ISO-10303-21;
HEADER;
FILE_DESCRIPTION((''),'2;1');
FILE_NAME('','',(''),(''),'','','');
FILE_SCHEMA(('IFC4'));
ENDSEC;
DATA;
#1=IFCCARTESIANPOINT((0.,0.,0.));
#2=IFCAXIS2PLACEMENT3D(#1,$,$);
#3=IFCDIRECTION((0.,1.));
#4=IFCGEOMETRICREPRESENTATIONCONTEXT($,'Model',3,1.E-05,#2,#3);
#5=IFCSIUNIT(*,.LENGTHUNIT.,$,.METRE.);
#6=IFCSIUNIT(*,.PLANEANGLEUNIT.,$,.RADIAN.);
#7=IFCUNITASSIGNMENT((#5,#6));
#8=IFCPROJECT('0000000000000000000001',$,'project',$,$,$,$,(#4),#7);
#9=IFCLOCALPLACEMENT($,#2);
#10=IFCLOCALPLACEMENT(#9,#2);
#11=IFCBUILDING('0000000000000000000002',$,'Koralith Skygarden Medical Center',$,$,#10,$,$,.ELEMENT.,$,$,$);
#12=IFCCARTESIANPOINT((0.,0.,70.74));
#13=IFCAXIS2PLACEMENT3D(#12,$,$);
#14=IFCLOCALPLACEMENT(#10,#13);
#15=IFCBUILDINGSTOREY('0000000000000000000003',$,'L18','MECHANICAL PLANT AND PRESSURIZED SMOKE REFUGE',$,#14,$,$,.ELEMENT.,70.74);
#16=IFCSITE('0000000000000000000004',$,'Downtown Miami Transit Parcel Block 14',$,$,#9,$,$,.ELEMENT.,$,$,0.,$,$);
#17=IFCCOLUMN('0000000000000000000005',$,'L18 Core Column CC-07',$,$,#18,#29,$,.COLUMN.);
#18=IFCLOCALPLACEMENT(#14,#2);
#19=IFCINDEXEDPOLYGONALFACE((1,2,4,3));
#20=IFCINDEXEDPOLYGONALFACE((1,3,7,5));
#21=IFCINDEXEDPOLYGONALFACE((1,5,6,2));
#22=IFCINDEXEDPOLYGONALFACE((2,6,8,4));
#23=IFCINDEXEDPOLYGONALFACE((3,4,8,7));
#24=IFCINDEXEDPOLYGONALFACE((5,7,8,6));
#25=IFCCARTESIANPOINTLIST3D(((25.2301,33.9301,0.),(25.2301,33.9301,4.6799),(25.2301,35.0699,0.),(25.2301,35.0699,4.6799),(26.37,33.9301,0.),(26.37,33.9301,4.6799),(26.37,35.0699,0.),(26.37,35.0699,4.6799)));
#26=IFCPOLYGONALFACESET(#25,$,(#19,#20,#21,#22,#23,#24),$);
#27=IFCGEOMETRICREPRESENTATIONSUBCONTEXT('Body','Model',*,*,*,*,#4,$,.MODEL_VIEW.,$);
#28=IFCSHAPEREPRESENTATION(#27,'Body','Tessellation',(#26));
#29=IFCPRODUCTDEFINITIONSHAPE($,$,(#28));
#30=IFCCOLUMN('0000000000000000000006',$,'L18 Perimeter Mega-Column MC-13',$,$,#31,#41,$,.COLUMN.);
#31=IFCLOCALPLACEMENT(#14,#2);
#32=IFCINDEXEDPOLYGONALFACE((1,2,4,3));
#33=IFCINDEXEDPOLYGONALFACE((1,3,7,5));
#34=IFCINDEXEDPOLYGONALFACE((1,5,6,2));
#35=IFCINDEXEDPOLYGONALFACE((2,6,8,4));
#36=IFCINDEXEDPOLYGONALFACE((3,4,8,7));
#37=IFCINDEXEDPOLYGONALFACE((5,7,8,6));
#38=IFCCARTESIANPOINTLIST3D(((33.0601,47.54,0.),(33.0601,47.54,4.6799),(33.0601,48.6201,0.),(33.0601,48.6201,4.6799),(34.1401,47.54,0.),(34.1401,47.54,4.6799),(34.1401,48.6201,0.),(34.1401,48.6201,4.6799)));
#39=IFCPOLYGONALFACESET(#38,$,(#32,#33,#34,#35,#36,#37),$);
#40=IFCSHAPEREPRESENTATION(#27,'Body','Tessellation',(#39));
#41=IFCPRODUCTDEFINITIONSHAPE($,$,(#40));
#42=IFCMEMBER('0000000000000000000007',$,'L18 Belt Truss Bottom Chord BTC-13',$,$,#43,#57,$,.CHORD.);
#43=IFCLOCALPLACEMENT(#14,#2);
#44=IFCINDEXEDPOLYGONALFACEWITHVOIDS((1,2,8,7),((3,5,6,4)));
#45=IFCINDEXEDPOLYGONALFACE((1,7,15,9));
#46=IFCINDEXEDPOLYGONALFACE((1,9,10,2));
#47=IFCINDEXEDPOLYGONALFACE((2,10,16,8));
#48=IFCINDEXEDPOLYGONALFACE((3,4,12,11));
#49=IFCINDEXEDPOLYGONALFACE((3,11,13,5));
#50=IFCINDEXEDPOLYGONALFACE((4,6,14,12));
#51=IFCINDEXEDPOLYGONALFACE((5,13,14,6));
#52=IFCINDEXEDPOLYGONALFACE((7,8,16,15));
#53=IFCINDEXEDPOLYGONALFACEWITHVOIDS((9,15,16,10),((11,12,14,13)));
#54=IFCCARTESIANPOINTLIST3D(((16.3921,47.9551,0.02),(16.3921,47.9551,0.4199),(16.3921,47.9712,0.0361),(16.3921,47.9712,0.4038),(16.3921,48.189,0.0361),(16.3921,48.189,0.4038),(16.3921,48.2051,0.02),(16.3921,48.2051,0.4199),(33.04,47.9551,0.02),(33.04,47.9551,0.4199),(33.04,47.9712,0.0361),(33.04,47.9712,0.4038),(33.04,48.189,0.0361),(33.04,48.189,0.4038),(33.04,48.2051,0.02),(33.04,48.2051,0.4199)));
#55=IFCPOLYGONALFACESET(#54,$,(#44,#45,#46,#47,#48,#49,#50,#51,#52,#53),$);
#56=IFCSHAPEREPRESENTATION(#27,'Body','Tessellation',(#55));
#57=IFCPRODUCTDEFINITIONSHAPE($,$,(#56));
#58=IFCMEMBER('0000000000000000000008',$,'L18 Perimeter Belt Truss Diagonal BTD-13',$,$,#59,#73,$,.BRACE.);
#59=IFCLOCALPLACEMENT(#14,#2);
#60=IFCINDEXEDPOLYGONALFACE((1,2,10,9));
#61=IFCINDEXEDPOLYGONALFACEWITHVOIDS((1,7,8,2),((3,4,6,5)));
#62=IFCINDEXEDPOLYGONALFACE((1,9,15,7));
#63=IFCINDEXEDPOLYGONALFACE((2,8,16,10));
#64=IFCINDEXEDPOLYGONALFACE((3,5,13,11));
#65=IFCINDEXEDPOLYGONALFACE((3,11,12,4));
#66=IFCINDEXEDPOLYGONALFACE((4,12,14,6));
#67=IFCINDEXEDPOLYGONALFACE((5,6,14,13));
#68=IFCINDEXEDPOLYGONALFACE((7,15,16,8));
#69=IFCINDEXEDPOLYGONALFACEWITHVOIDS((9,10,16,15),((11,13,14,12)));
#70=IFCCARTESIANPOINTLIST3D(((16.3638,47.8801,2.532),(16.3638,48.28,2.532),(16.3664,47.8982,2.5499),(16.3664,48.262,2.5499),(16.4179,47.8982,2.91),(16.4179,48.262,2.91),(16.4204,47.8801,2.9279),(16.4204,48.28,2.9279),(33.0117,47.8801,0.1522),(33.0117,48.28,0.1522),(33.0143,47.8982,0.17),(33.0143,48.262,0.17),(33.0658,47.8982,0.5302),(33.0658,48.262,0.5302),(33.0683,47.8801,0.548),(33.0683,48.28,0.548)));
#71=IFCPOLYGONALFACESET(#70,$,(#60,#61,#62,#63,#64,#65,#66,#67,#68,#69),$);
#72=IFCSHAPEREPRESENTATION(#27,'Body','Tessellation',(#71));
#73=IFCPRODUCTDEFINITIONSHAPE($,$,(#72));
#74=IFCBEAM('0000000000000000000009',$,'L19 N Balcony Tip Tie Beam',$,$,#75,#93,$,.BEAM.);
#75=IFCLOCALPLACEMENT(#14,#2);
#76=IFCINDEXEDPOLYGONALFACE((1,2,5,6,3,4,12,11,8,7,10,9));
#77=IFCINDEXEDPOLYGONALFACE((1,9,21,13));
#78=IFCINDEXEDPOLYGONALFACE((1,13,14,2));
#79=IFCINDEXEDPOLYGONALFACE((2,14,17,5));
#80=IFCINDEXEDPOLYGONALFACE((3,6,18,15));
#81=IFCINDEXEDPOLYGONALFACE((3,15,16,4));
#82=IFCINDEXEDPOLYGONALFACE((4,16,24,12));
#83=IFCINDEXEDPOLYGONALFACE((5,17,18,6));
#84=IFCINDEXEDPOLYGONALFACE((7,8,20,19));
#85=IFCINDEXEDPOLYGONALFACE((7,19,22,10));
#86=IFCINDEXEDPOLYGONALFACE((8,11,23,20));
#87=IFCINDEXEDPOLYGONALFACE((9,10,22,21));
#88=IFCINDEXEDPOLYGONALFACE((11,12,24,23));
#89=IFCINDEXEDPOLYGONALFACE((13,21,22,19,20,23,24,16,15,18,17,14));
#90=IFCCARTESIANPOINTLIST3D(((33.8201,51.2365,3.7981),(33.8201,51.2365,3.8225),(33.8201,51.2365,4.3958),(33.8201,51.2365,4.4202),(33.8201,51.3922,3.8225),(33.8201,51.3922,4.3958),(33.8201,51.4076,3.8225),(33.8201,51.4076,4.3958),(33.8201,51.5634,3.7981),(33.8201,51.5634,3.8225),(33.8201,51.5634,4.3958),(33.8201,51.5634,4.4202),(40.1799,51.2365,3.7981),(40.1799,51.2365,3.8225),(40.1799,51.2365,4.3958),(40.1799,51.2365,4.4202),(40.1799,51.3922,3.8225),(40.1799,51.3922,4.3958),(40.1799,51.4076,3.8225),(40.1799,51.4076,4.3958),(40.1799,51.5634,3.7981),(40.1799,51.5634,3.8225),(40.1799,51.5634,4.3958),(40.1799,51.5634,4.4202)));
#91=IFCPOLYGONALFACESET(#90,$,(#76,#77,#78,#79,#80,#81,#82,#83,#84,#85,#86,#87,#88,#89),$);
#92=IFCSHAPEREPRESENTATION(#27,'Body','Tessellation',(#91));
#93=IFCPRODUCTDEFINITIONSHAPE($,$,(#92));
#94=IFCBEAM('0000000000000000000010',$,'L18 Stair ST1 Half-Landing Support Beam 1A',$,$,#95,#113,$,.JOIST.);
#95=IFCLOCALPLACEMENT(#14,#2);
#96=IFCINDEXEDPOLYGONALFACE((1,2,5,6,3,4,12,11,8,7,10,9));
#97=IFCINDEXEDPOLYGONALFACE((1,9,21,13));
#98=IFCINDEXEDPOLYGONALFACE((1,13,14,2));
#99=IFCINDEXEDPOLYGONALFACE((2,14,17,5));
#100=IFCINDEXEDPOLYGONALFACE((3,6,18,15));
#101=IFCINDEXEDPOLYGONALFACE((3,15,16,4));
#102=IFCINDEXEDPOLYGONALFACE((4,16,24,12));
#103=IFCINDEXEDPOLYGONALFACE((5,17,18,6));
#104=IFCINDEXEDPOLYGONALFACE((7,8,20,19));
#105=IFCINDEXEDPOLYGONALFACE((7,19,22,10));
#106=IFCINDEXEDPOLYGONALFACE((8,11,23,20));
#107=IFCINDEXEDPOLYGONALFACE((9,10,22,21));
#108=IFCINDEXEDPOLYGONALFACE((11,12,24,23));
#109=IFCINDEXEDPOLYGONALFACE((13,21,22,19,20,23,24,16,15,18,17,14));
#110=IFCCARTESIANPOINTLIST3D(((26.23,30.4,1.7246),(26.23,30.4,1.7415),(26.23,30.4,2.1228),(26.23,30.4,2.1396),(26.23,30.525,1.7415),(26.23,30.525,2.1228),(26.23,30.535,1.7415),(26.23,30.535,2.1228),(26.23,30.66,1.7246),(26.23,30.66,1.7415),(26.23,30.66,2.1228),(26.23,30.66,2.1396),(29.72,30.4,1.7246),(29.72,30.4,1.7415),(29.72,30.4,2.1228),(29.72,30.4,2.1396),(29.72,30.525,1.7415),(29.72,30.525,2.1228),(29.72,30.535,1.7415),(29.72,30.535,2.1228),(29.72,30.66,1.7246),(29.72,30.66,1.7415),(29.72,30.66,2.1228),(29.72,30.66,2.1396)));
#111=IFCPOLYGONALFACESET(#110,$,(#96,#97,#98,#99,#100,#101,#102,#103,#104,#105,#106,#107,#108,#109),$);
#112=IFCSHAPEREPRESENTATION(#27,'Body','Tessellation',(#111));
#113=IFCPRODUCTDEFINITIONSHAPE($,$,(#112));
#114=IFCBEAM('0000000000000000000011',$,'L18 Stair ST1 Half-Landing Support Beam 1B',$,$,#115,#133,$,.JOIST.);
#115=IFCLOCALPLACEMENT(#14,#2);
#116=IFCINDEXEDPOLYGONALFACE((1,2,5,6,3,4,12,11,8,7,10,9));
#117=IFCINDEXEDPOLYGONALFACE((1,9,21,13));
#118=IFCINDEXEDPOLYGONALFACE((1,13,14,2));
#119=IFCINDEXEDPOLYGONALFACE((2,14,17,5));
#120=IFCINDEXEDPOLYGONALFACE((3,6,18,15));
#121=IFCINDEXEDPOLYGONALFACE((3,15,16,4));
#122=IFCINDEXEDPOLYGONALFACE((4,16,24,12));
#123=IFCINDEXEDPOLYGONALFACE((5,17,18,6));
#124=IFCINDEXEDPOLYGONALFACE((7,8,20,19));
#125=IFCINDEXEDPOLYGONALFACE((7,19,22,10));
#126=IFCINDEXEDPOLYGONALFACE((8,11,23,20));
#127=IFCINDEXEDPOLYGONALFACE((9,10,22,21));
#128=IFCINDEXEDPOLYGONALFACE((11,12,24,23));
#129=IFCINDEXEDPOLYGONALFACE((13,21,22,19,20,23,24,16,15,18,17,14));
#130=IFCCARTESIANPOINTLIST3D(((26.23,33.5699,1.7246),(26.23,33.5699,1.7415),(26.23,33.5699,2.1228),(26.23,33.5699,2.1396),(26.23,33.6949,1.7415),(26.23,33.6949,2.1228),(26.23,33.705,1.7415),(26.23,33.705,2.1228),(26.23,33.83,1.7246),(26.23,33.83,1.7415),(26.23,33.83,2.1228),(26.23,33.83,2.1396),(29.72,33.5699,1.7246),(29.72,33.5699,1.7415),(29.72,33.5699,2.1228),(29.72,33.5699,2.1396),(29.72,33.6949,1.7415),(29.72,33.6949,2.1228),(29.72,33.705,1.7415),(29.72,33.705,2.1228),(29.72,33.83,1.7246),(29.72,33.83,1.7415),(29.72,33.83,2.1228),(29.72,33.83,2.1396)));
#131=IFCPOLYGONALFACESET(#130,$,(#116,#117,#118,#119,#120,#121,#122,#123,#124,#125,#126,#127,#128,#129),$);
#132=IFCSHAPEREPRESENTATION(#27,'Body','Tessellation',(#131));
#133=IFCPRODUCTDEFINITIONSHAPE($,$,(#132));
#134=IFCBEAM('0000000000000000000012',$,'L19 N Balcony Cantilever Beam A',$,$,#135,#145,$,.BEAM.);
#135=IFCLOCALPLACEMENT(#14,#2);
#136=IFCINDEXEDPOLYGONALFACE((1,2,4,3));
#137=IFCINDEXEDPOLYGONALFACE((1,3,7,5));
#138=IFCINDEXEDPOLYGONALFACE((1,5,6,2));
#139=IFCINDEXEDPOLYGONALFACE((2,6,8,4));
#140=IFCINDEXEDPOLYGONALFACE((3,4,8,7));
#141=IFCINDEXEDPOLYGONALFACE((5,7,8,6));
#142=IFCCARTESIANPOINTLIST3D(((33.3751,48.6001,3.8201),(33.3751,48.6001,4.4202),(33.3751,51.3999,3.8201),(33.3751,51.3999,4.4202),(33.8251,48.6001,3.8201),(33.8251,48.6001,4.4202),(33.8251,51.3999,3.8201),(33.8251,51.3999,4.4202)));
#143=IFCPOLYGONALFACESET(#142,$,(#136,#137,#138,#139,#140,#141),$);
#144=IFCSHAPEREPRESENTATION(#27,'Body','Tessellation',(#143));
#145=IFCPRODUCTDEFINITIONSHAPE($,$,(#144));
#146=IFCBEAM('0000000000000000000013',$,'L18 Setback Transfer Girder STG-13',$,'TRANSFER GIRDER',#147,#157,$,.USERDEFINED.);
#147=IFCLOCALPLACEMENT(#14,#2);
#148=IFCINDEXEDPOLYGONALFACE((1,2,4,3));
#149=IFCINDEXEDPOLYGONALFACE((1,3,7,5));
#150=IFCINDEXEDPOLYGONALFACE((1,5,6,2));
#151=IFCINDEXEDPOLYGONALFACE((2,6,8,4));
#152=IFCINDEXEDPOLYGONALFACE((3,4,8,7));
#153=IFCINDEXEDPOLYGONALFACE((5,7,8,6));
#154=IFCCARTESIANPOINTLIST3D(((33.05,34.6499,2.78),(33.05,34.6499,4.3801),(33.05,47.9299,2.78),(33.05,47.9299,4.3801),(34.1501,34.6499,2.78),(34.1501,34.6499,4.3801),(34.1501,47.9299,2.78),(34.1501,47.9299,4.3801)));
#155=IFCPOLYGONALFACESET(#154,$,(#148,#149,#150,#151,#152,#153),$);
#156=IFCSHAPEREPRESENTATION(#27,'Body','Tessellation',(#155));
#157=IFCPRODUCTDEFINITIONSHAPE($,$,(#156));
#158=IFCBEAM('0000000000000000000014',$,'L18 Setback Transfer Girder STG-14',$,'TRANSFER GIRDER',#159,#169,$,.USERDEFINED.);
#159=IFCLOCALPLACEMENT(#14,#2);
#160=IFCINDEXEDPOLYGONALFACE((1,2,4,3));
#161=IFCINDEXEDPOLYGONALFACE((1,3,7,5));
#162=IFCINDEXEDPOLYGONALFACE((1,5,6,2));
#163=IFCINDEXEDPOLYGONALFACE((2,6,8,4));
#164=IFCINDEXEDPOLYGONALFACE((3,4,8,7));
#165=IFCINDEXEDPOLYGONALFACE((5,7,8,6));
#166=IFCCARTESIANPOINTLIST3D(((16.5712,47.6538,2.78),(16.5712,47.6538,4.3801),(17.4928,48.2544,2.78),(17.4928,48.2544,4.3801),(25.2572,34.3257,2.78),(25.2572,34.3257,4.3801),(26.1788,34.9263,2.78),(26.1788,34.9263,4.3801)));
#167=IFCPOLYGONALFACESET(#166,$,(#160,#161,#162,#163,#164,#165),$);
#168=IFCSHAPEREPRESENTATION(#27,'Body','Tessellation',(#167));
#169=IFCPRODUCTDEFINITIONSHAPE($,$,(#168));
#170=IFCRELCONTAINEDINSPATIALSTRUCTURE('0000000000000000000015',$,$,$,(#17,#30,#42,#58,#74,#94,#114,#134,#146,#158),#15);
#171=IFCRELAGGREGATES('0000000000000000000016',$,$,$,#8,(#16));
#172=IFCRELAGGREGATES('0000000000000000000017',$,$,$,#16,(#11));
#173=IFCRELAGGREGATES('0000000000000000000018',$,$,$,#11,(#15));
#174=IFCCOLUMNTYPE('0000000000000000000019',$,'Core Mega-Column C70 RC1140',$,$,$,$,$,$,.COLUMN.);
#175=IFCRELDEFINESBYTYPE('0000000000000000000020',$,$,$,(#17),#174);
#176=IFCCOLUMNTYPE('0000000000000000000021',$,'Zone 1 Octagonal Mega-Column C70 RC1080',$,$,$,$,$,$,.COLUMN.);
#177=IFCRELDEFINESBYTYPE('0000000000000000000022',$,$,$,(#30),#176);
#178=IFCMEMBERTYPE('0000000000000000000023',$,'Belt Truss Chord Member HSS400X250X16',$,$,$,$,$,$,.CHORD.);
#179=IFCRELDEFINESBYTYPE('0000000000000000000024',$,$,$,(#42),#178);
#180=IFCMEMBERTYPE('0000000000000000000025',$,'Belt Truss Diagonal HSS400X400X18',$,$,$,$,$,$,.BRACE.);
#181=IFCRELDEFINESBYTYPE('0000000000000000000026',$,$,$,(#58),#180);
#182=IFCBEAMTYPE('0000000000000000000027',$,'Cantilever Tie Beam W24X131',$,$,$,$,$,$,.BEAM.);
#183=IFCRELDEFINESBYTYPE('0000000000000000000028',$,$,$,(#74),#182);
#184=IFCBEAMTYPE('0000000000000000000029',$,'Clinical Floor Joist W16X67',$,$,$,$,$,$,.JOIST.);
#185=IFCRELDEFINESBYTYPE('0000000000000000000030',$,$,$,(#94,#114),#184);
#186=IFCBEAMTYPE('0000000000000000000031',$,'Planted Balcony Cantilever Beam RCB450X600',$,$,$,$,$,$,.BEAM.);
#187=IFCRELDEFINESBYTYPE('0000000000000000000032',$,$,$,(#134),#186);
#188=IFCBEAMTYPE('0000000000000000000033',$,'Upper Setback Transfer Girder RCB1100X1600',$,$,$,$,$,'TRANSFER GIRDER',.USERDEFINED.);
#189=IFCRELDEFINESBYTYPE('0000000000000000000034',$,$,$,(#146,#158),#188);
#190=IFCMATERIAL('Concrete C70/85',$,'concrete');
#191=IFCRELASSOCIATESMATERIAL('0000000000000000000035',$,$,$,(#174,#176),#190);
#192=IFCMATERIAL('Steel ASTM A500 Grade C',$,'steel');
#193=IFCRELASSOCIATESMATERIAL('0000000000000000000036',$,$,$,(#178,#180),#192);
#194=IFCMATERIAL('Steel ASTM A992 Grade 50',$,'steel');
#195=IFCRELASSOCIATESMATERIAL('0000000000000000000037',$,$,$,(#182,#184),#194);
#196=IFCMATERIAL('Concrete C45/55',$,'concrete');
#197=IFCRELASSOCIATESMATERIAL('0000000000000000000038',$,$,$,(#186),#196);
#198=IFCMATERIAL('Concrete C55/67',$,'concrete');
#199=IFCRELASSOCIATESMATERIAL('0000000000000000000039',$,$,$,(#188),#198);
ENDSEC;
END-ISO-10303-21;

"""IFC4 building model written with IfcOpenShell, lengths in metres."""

from ifc_helpers import new_model, si_unit, direction, frame, origin, origin_2d, place, context, subcontext, project, spatial, rectangle, hollow_rectangle, i_section, extrude, material, material_profile, profile_set, type_object, element, save


model = new_model("IFC4")

# Units and contexts
model_context = context("Model", 3, precision=1e-05, world=origin(), true_north=direction((0.0, 1.0)))
body_context = subcontext(model_context, "Body", "Model", "MODEL_VIEW")
ifc_project = project(units=[si_unit("LENGTHUNIT", "METRE"), si_unit("PLANEANGLEUNIT", "RADIAN")], contexts=[model_context])

# Site, building, storey
site_placement = place(None, origin())
site = spatial("IfcSite", under=ifc_project, at=site_placement, Name="Downtown Miami Transit Parcel Block 14", CompositionType="ELEMENT", RefElevation=0.0)
building_placement = place(site_placement, origin())
building = spatial("IfcBuilding", under=site, at=building_placement, Name="Koralith Skygarden Medical Center", CompositionType="ELEMENT")
storey_placement = place(building_placement, frame((0.0, 0.0, 70.74)))
storey = spatial("IfcBuildingStorey", under=building, at=storey_placement, Name="L18", Description="MECHANICAL PLANT AND PRESSURIZED SMOKE REFUGE", CompositionType="ELEMENT", Elevation=70.74)

# Columns
ifc_material_1 = material(Name="Concrete C70/85", Category="concrete")
ifc_material_profile_1 = material_profile(ifc_material_1, rectangle(XDim=1.1399, YDim=1.1399, at=origin_2d()), Name="RC1140X1140")
ifc_profile_set_1 = profile_set([ifc_material_profile_1], Name="Concrete C70/85")
column_type_1 = type_object("IfcColumnType", Name="Core Mega-Column C70 RC1140", PredefinedType="COLUMN", material=ifc_profile_set_1)
column_1_placement = place(storey_placement, frame((25.8, 34.5, 0.0), z_axis=(0.0, 0.0, 1.0), x_axis=(1.0, 0.0, 0.0)))
element("IfcColumn", 1, at=column_1_placement, inside=storey, type_object=column_type_1, Name="L18 Core Column CC-07", PredefinedType="COLUMN", context=body_context, shape_type="SweptSolid", body=[
    extrude(rectangle(XDim=1.1399, YDim=1.1399, at=origin_2d()), origin(), (0.0, 0.0, 1.0), 4.6799),
])
ifc_material_profile_2 = material_profile(ifc_material_1, rectangle(XDim=1.0801, YDim=1.0801, at=origin_2d()), Name="RC1080X1080")
ifc_profile_set_2 = profile_set([ifc_material_profile_2], Name="Concrete C70/85")
column_type_2 = type_object("IfcColumnType", Name="Zone 1 Octagonal Mega-Column C70 RC1080", PredefinedType="COLUMN", material=ifc_profile_set_2)
column_2_placement = place(storey_placement, frame((33.6001, 48.0801, 0.0), z_axis=(0.0, 0.0, 1.0), x_axis=(1.0, 0.0, 0.0)))
element("IfcColumn", 2, at=column_2_placement, inside=storey, type_object=column_type_2, Name="L18 Perimeter Mega-Column MC-13", PredefinedType="COLUMN", context=body_context, shape_type="SweptSolid", body=[
    extrude(rectangle(XDim=1.0801, YDim=1.0801, at=origin_2d()), origin(), (0.0, 0.0, 1.0), 4.6799),
])

# Members
ifc_material_2 = material(Name="Steel ASTM A500 Grade C", Category="steel")
ifc_material_profile_3 = material_profile(ifc_material_2, hollow_rectangle(XDim=0.25, YDim=0.3999, WallThickness=0.0161, at=origin_2d()), Name="HSS400X250X16")
ifc_profile_set_3 = profile_set([ifc_material_profile_3], Name="Steel ASTM A500 Grade C")
member_type_1 = type_object("IfcMemberType", Name="Belt Truss Chord Member HSS400X250X16", PredefinedType="CHORD", material=ifc_profile_set_3)
member_1_placement = place(storey_placement, frame((33.04, 48.0801, 0.22), z_axis=(-1.0, 0.0, 0.0), x_axis=(0.0, -1.0, 0.0)))
element("IfcMember", 3, at=member_1_placement, inside=storey, type_object=member_type_1, Name="L18 Belt Truss Bottom Chord BTC-13", PredefinedType="CHORD", context=body_context, shape_type="SweptSolid", body=[
    extrude(hollow_rectangle(XDim=0.25, YDim=0.3999, WallThickness=0.0161, at=origin_2d()), origin(), (0.0, 0.0, 1.0), 16.6479),
])
ifc_material_profile_4 = material_profile(ifc_material_2, hollow_rectangle(XDim=0.3999, YDim=0.3999, WallThickness=0.0181, at=origin_2d()), Name="HSS400X400X18")
ifc_profile_set_4 = profile_set([ifc_material_profile_4], Name="Steel ASTM A500 Grade C")
member_type_2 = type_object("IfcMemberType", Name="Belt Truss Diagonal HSS400X400X18", PredefinedType="BRACE", material=ifc_profile_set_4)
member_2_placement = place(storey_placement, frame((33.04, 48.0801, 0.3501), z_axis=(-0.989936, 0.0, 0.141515), x_axis=(0.0, -1.0, 0.0)))
element("IfcMember", 4, at=member_2_placement, inside=storey, type_object=member_type_2, Name="L18 Perimeter Belt Truss Diagonal BTD-13", PredefinedType="BRACE", context=body_context, shape_type="SweptSolid", body=[
    extrude(hollow_rectangle(XDim=0.3999, YDim=0.3999, WallThickness=0.0181, at=origin_2d()), origin(), (0.0, 0.0, 1.0), 16.8171),
])

# Beams
ifc_material_3 = material(Name="Steel ASTM A992 Grade 50", Category="steel")
ifc_material_profile_5 = material_profile(ifc_material_3, i_section(OverallWidth=0.3269, OverallDepth=0.6221, WebThickness=0.0154, FlangeThickness=0.0244, at=origin_2d()), Name="W24X131")
ifc_profile_set_5 = profile_set([ifc_material_profile_5], Name="Steel ASTM A992 Grade 50")
beam_type_1 = type_object("IfcBeamType", Name="Cantilever Tie Beam W24X131", PredefinedType="BEAM", material=ifc_profile_set_5)
beam_1_placement = place(storey_placement, frame((33.8201, 51.3999, 4.1091), z_axis=(1.0, 0.0, 0.0), x_axis=(0.0, 1.0, 0.0)))
element("IfcBeam", 5, at=beam_1_placement, inside=storey, type_object=beam_type_1, Name="L19 N Balcony Tip Tie Beam", PredefinedType="BEAM", context=body_context, shape_type="SweptSolid", body=[
    extrude(i_section(OverallWidth=0.3269, OverallDepth=0.6221, WebThickness=0.0154, FlangeThickness=0.0244, at=origin_2d()), origin(), (0.0, 0.0, 1.0), 6.3599),
])
ifc_material_profile_6 = material_profile(ifc_material_3, i_section(OverallWidth=0.26, OverallDepth=0.415, WebThickness=0.01, FlangeThickness=0.0168, at=origin_2d()), Name="W16X67")
ifc_profile_set_6 = profile_set([ifc_material_profile_6], Name="Steel ASTM A992 Grade 50")
beam_type_2 = type_object("IfcBeamType", Name="Clinical Floor Joist W16X67", PredefinedType="JOIST", material=ifc_profile_set_6)
for number, where, z_axis, x_axis, name in (
    (6, (26.23, 30.53, 1.9321), (1.0, 0.0, 0.0), (0.0, 1.0, 0.0), "L18 Stair ST1 Half-Landing Support Beam 1A"),
    (7, (26.23, 33.7, 1.9321), (1.0, 0.0, 0.0), (0.0, 1.0, 0.0), "L18 Stair ST1 Half-Landing Support Beam 1B"),
):
    element("IfcBeam", number, at=place(storey_placement, frame(where, z_axis=z_axis, x_axis=x_axis)), inside=storey, type_object=beam_type_2, Name=name, PredefinedType="JOIST", context=body_context, shape_type="SweptSolid", body=[
        extrude(i_section(OverallWidth=0.26, OverallDepth=0.415, WebThickness=0.01, FlangeThickness=0.0168, at=origin_2d()), origin(), (0.0, 0.0, 1.0), 3.49),
    ])
ifc_material_4 = material(Name="Concrete C45/55", Category="concrete")
ifc_material_profile_7 = material_profile(ifc_material_4, rectangle(XDim=0.45, YDim=0.6001, at=origin_2d()), Name="RCB450X600")
ifc_profile_set_7 = profile_set([ifc_material_profile_7], Name="Concrete C45/55")
beam_type_3 = type_object("IfcBeamType", Name="Planted Balcony Cantilever Beam RCB450X600", PredefinedType="BEAM", material=ifc_profile_set_7)
beam_2_placement = place(storey_placement, frame((33.6001, 48.6001, 4.1201), z_axis=(0.0, 1.0, 0.0), x_axis=(-1.0, 0.0, 0.0)))
element("IfcBeam", 8, at=beam_2_placement, inside=storey, type_object=beam_type_3, Name="L19 N Balcony Cantilever Beam A", PredefinedType="BEAM", context=body_context, shape_type="SweptSolid", body=[
    extrude(rectangle(XDim=0.45, YDim=0.6001, at=origin_2d()), origin(), (0.0, 0.0, 1.0), 2.7998),
])
ifc_material_5 = material(Name="Concrete C55/67", Category="concrete")
ifc_material_profile_8 = material_profile(ifc_material_5, rectangle(XDim=1.1001, YDim=1.6001, at=origin_2d()), Name="RCB1100X1600")
ifc_profile_set_8 = profile_set([ifc_material_profile_8], Name="Concrete C55/67")
beam_type_4 = type_object("IfcBeamType", Name="Upper Setback Transfer Girder RCB1100X1600", ElementType="TRANSFER GIRDER", PredefinedType="USERDEFINED", material=ifc_profile_set_8)
beam_3_placement = place(storey_placement, frame((33.6001, 34.6499, 3.5801), z_axis=(0.0, 1.0, 0.0), x_axis=(-1.0, 0.0, 0.0)))
element("IfcBeam", 9, at=beam_3_placement, inside=storey, type_object=beam_type_4, Name="L18 Setback Transfer Girder STG-13", ObjectType="TRANSFER GIRDER", PredefinedType="USERDEFINED", context=body_context, shape_type="SweptSolid", body=[
    extrude(rectangle(XDim=1.1001, YDim=1.6001, at=origin_2d()), origin(), (0.0, 0.0, 1.0), 13.28),
])
beam_4_placement = place(storey_placement, frame((25.718, 34.626, 3.5801), z_axis=(-0.545993, 0.837789, 0.0), x_axis=(-0.837789, -0.545993, 0.0)))
element("IfcBeam", 10, at=beam_4_placement, inside=storey, type_object=beam_type_4, Name="L18 Setback Transfer Girder STG-14", ObjectType="TRANSFER GIRDER", PredefinedType="USERDEFINED", context=body_context, shape_type="SweptSolid", body=[
    extrude(rectangle(XDim=1.1001, YDim=1.6001, at=origin_2d()), origin(), (0.0, 0.0, 1.0), 15.9087),
])

save(model, "model.ifc")
